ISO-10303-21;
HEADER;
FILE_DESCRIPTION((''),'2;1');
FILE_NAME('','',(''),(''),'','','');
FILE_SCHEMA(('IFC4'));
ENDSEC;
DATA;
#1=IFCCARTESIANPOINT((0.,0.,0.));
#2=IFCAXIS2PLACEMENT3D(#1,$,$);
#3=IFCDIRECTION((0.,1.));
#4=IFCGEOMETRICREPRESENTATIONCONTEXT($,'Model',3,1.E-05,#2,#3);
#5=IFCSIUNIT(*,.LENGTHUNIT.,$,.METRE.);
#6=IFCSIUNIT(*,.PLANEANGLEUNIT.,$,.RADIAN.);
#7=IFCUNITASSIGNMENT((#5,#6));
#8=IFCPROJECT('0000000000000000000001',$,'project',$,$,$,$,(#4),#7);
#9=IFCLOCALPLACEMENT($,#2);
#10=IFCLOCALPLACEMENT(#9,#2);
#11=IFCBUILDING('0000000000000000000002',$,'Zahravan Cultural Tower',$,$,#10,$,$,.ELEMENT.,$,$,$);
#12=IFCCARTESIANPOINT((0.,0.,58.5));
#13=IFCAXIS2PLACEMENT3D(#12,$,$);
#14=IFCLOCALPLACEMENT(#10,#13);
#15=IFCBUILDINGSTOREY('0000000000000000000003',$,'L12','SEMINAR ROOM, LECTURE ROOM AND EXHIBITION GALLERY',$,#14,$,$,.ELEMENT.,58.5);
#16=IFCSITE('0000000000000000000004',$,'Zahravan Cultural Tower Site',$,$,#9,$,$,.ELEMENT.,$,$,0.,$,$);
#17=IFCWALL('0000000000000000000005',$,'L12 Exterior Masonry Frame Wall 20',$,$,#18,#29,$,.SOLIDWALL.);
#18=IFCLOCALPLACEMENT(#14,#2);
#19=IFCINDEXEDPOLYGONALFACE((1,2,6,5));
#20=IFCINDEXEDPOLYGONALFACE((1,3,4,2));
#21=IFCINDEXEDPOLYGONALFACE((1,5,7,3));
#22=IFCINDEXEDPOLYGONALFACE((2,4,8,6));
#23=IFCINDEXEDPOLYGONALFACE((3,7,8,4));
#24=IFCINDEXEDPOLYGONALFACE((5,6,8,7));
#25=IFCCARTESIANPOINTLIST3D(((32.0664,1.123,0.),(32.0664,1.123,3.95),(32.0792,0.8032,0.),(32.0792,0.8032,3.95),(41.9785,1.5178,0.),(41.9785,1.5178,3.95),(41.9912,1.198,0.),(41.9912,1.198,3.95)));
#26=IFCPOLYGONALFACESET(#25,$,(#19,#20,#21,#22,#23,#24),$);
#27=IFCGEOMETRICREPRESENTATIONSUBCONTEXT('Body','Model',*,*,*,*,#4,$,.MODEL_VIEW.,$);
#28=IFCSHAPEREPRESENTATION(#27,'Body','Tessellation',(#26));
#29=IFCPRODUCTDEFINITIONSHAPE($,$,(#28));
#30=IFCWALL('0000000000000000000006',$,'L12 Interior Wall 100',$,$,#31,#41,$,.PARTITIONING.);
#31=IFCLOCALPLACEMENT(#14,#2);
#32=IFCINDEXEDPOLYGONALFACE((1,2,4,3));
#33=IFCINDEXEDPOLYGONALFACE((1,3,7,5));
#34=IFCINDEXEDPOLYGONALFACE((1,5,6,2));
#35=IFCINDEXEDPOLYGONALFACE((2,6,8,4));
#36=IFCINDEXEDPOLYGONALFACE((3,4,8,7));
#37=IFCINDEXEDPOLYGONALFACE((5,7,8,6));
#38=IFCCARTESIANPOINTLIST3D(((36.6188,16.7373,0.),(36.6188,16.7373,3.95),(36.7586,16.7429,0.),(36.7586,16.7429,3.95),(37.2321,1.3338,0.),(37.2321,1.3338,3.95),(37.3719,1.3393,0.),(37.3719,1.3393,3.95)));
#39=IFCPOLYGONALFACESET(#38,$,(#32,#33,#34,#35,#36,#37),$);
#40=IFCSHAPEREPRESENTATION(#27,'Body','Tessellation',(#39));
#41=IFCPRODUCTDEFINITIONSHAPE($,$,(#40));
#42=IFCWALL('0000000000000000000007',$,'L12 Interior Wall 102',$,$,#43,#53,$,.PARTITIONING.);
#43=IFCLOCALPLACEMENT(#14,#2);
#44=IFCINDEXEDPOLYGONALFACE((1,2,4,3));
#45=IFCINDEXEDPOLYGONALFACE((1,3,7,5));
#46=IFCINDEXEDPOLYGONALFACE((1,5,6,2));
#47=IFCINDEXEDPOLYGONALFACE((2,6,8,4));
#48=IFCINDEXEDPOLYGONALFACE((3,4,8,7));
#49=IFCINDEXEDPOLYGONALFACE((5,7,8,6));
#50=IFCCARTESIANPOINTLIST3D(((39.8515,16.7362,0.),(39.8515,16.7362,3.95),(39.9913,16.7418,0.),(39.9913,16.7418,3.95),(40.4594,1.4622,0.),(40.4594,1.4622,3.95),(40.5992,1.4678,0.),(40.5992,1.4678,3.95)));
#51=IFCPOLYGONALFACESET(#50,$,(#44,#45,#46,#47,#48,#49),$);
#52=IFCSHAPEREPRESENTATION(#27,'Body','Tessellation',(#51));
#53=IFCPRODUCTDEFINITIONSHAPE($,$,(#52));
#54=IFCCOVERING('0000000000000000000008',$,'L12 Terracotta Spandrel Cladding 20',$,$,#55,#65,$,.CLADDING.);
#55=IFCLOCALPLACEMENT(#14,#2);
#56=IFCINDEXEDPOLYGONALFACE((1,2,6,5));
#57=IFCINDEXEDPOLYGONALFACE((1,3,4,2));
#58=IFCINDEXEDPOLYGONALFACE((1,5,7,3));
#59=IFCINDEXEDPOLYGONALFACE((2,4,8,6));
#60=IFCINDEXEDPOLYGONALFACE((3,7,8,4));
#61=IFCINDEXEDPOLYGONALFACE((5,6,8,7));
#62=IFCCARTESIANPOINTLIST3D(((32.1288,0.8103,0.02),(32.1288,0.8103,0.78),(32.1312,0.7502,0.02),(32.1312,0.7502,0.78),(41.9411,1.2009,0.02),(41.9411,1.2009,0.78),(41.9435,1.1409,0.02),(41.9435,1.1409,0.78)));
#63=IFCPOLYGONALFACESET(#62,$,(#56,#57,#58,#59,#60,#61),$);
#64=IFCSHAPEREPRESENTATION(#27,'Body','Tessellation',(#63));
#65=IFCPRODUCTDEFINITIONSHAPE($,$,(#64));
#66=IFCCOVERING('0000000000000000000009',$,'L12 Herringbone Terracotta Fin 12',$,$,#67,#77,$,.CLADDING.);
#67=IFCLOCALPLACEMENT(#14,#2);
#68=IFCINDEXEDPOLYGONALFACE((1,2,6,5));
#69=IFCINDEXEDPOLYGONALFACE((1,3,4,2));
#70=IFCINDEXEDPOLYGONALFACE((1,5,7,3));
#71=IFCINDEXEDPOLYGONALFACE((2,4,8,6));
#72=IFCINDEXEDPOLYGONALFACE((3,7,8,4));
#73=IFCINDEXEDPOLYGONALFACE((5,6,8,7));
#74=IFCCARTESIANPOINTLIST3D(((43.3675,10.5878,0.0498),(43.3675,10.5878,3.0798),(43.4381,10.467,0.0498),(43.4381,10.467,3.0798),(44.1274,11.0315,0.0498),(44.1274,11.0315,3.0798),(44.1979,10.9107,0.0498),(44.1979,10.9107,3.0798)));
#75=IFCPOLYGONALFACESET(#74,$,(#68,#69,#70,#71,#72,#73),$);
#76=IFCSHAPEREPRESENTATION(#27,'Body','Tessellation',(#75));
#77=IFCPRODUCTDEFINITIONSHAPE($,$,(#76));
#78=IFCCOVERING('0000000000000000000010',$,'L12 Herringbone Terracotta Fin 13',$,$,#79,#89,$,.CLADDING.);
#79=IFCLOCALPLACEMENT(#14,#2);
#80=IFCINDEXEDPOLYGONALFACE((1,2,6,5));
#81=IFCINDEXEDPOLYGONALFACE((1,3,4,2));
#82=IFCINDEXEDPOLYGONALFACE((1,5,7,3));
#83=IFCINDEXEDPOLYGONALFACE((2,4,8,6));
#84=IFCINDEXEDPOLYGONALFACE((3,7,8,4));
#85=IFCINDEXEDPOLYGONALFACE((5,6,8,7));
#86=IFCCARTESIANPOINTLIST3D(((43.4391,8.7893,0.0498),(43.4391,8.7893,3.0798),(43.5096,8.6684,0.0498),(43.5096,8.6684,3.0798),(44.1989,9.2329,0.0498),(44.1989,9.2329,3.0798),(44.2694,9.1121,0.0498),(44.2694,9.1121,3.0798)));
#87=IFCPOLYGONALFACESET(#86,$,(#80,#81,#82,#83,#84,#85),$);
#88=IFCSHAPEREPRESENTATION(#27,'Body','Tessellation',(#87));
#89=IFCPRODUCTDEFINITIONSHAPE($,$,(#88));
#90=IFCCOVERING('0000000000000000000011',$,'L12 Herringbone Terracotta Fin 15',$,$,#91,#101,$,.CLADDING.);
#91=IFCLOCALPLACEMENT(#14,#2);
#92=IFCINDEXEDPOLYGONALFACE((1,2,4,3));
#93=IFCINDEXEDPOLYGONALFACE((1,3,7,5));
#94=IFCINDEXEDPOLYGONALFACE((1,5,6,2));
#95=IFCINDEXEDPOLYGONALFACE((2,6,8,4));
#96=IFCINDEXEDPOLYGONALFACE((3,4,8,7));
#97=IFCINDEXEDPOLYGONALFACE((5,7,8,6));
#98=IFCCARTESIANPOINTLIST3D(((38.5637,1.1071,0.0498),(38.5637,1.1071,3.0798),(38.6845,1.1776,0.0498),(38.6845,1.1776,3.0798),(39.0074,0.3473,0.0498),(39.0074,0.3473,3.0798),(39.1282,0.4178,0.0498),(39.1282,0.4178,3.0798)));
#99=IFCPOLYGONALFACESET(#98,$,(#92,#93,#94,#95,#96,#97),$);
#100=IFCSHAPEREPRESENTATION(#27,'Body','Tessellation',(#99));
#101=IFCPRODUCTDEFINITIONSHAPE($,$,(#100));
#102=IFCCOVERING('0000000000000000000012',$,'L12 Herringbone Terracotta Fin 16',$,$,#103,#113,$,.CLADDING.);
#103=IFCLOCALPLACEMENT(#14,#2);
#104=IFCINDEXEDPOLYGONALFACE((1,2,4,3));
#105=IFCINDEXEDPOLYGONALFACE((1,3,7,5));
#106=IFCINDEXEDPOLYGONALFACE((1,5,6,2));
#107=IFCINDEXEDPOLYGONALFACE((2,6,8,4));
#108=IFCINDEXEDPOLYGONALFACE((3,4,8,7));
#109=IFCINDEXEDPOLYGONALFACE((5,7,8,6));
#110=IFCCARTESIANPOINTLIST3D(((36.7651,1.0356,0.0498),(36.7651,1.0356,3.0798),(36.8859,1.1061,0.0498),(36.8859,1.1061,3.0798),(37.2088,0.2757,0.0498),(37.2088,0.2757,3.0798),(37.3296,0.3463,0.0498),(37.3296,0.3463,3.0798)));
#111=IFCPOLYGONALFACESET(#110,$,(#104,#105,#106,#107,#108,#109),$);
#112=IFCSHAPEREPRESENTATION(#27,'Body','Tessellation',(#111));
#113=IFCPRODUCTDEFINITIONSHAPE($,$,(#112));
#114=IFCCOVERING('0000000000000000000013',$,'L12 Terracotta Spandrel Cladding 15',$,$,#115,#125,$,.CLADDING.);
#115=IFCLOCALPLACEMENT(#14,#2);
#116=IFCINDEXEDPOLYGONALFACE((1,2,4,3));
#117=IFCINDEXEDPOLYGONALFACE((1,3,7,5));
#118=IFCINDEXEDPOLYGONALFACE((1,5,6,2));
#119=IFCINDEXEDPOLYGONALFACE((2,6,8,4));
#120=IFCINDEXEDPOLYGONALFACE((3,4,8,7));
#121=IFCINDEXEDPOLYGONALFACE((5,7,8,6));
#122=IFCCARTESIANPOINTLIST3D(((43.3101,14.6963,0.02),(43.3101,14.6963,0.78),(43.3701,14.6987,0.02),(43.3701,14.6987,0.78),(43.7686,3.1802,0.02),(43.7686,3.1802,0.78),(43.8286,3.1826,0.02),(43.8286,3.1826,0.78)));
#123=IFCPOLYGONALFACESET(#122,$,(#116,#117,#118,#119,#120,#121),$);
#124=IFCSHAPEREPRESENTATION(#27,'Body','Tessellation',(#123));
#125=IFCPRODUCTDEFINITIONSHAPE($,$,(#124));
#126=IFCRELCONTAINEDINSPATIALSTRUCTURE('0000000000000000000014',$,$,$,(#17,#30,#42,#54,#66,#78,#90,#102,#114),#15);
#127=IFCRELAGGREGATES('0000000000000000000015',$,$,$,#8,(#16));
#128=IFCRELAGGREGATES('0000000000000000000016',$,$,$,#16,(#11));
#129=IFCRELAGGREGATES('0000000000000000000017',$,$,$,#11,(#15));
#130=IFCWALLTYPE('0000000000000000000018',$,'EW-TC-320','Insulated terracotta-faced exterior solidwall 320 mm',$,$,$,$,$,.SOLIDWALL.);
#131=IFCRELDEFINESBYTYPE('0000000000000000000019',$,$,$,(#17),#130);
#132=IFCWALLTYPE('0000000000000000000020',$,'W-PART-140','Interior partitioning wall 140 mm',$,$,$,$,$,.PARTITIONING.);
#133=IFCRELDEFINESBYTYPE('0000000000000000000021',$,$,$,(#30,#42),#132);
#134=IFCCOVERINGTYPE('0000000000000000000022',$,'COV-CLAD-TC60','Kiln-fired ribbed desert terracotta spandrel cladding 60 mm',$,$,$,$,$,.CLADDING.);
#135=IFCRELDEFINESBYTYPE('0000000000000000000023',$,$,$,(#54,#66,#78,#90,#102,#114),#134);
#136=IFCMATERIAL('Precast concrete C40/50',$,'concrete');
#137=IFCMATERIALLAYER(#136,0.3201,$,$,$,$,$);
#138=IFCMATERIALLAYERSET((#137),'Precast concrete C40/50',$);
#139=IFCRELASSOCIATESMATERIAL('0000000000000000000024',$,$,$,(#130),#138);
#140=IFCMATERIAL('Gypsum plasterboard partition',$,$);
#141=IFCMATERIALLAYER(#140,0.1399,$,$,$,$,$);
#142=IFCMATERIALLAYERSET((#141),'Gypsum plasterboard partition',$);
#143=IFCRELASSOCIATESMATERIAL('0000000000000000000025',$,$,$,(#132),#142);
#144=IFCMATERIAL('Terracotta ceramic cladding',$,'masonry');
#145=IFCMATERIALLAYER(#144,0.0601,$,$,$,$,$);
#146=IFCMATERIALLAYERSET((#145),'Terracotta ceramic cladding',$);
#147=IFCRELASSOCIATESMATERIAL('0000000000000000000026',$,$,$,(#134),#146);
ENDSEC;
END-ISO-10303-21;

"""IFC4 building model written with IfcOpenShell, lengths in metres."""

from ifc_helpers import new_model, si_unit, direction, frame, frame_2d, origin, origin_2d, place, context, subcontext, project, spatial, rectangle, extrude, source, transform, mapped, material, layer, layer_set, type_object, element, save


model = new_model("IFC4")

# Units and contexts
model_context = context("Model", 3, precision=1e-05, world=origin(), true_north=direction((0.0, 1.0)))
body_context = subcontext(model_context, "Body", "Model", "MODEL_VIEW")
ifc_project = project(units=[si_unit("LENGTHUNIT", "METRE"), si_unit("PLANEANGLEUNIT", "RADIAN")], contexts=[model_context])

# Site, building, storey
site_placement = place(None, origin())
site = spatial("IfcSite", under=ifc_project, at=site_placement, Name="Zahravan Cultural Tower Site", CompositionType="ELEMENT", RefElevation=0.0)
building_placement = place(site_placement, origin())
building = spatial("IfcBuilding", under=site, at=building_placement, Name="Zahravan Cultural Tower", CompositionType="ELEMENT")
storey_placement = place(building_placement, frame((0.0, 0.0, 58.5)))
storey = spatial("IfcBuildingStorey", under=building, at=storey_placement, Name="L12", Description="SEMINAR ROOM, LECTURE ROOM AND EXHIBITION GALLERY", CompositionType="ELEMENT", Elevation=58.5)

# Shared definitions
ifc_material_1 = material(Name="Precast concrete C40/50", Category="concrete")
ifc_layer_1 = layer(ifc_material_1, 0.3201)
ifc_layer_set_1 = layer_set([ifc_layer_1], Name="Precast concrete C40/50")
wall_type_1 = type_object("IfcWallType", Name="EW-TC-320", Description="Insulated terracotta-faced exterior solidwall 320 mm", PredefinedType="SOLIDWALL", material=ifc_layer_set_1)

# Shared definitions
ifc_material_2 = material(Name="Gypsum plasterboard partition")
ifc_layer_2 = layer(ifc_material_2, 0.1399)
ifc_layer_set_2 = layer_set([ifc_layer_2], Name="Gypsum plasterboard partition")
wall_type_2 = type_object("IfcWallType", Name="W-PART-140", Description="Interior partitioning wall 140 mm", PredefinedType="PARTITIONING", material=ifc_layer_set_2)

# Walls
shared_shape_1 = source(origin(), body_context, "Body", "SweptSolid", [
    extrude(rectangle(XDim=9.9199, YDim=0.3201, at=frame_2d((4.96, 0.0))), origin(), (0.0, 0.0, 1.0), 3.95),
])
wall_1_placement = place(storey_placement, frame((41.9849, 1.3579, 0.0), z_axis=(0.0, 0.0, 1.0), x_axis=(-0.999208, -0.039796, 0.0)))
element("IfcWall", 1, at=wall_1_placement, inside=storey, type_object=wall_type_1, Name="L12 Exterior Masonry Frame Wall 20", PredefinedType="SOLIDWALL", context=body_context, shape_type="MappedRepresentation", body=[
    mapped(shared_shape_1, transform((0.0, 0.0, 0.0), x_axis=(1.0, 0.0, 0.0), y_axis=(0.0, 1.0, 0.0), z_axis=(0.0, 0.0, 1.0), scale=1.0)),
])
shared_shape_2 = source(origin(), body_context, "Body", "SweptSolid", [
    extrude(rectangle(XDim=15.4158, YDim=0.1399, at=frame_2d((7.708, 0.0))), origin(), (0.0, 0.0, 1.0), 3.95),
])
wall_2_placement = place(storey_placement, frame((37.302, 1.3364, 0.0), z_axis=(0.0, 0.0, 1.0), x_axis=(-0.039783, 0.999208, 0.0)))
element("IfcWall", 2, at=wall_2_placement, inside=storey, type_object=wall_type_2, Name="L12 Interior Wall 100", PredefinedType="PARTITIONING", context=body_context, shape_type="MappedRepresentation", body=[
    mapped(shared_shape_2, transform((0.0, 0.0, 0.0), x_axis=(1.0, 0.0, 0.0), y_axis=(0.0, 1.0, 0.0), z_axis=(0.0, 0.0, 1.0), scale=1.0)),
])
shared_shape_3 = source(origin(), body_context, "Body", "SweptSolid", [
    extrude(rectangle(XDim=15.2861, YDim=0.1399, at=frame_2d((7.6431, 0.0))), origin(), (0.0, 0.0, 1.0), 3.95),
])
wall_3_placement = place(storey_placement, frame((39.9214, 16.739, 0.0), z_axis=(0.0, 0.0, 1.0), x_axis=(0.039769, -0.999209, 0.0)))
element("IfcWall", 3, at=wall_3_placement, inside=storey, type_object=wall_type_2, Name="L12 Interior Wall 102", PredefinedType="PARTITIONING", context=body_context, shape_type="MappedRepresentation", body=[
    mapped(shared_shape_3, transform((0.0, 0.0, 0.0), x_axis=(1.0, 0.0, 0.0), y_axis=(0.0, 1.0, 0.0), z_axis=(0.0, 0.0, 1.0), scale=1.0)),
])

# Coverings
ifc_material_3 = material(Name="Terracotta ceramic cladding", Category="masonry")
ifc_layer_3 = layer(ifc_material_3, 0.0601)
ifc_layer_set_3 = layer_set([ifc_layer_3], Name="Terracotta ceramic cladding")
covering_type = type_object("IfcCoveringType", Name="COV-CLAD-TC60", Description="Kiln-fired ribbed desert terracotta spandrel cladding 60 mm", PredefinedType="CLADDING", material=ifc_layer_set_3)
shared_shape_4 = source(origin(), body_context, "Body", "SweptSolid", [
    extrude(rectangle(XDim=9.8201, YDim=0.0601, at=origin_2d()), origin(), (0.0, 0.0, 1.0), 0.76),
])
covering_1_placement = place(storey_placement, frame((37.0361, 0.9756, 0.02), z_axis=(0.0, 0.0, 1.0), x_axis=(-0.999208, -0.039783, 0.0)))
element("IfcCovering", 4, at=covering_1_placement, inside=storey, type_object=covering_type, Name="L12 Terracotta Spandrel Cladding 20", PredefinedType="CLADDING", context=body_context, shape_type="MappedRepresentation", body=[
    mapped(shared_shape_4, transform((0.0, 0.0, 0.0), x_axis=(1.0, 0.0, 0.0), y_axis=(0.0, 1.0, 0.0), z_axis=(0.0, 0.0, 1.0), scale=1.0)),
])
shared_shape_5 = source(origin(), body_context, "Body", "SweptSolid", [
    extrude(rectangle(XDim=0.8799, YDim=0.1399, at=origin_2d()), origin(), (0.0, 0.0, 1.0), 3.03),
])
for number, where, z_axis, x_axis, name in (
    (5, (43.7827, 10.7493, 0.0498), (0.0, 0.0, 1.0), (0.863572, 0.504226, 0.0), "L12 Herringbone Terracotta Fin 12"),
    (6, (43.8542, 8.9507, 0.0498), (0.0, 0.0, 1.0), (0.863572, 0.504226, 0.0), "L12 Herringbone Terracotta Fin 13"),
    (7, (38.8459, 0.7625, 0.0498), (0.0, 0.0, 1.0), (0.504226, -0.863572, 0.0), "L12 Herringbone Terracotta Fin 15"),
    (8, (37.0474, 0.6909, 0.0498), (0.0, 0.0, 1.0), (0.504226, -0.863572, 0.0), "L12 Herringbone Terracotta Fin 16"),
):
    element("IfcCovering", number, at=place(storey_placement, frame(where, z_axis=z_axis, x_axis=x_axis)), inside=storey, type_object=covering_type, Name=name, PredefinedType="CLADDING", context=body_context, shape_type="MappedRepresentation", body=[
        mapped(shared_shape_5, transform((0.0, 0.0, 0.0), x_axis=(1.0, 0.0, 0.0), y_axis=(0.0, 1.0, 0.0), z_axis=(0.0, 0.0, 1.0), scale=1.0)),
    ])
shared_shape_6 = source(origin(), body_context, "Body", "SweptSolid", [
    extrude(rectangle(XDim=11.5251, YDim=0.0601, at=origin_2d()), origin(), (0.0, 0.0, 1.0), 0.76),
])
covering_2_placement = place(storey_placement, frame((43.5693, 8.9395, 0.02), z_axis=(0.0, 0.0, 1.0), x_axis=(0.039783, -0.999208, 0.0)))
element("IfcCovering", 9, at=covering_2_placement, inside=storey, type_object=covering_type, Name="L12 Terracotta Spandrel Cladding 15", PredefinedType="CLADDING", context=body_context, shape_type="MappedRepresentation", body=[
    mapped(shared_shape_6, transform((0.0, 0.0, 0.0), x_axis=(1.0, 0.0, 0.0), y_axis=(0.0, 1.0, 0.0), z_axis=(0.0, 0.0, 1.0), scale=1.0)),
])

save(model, "model.ifc")
